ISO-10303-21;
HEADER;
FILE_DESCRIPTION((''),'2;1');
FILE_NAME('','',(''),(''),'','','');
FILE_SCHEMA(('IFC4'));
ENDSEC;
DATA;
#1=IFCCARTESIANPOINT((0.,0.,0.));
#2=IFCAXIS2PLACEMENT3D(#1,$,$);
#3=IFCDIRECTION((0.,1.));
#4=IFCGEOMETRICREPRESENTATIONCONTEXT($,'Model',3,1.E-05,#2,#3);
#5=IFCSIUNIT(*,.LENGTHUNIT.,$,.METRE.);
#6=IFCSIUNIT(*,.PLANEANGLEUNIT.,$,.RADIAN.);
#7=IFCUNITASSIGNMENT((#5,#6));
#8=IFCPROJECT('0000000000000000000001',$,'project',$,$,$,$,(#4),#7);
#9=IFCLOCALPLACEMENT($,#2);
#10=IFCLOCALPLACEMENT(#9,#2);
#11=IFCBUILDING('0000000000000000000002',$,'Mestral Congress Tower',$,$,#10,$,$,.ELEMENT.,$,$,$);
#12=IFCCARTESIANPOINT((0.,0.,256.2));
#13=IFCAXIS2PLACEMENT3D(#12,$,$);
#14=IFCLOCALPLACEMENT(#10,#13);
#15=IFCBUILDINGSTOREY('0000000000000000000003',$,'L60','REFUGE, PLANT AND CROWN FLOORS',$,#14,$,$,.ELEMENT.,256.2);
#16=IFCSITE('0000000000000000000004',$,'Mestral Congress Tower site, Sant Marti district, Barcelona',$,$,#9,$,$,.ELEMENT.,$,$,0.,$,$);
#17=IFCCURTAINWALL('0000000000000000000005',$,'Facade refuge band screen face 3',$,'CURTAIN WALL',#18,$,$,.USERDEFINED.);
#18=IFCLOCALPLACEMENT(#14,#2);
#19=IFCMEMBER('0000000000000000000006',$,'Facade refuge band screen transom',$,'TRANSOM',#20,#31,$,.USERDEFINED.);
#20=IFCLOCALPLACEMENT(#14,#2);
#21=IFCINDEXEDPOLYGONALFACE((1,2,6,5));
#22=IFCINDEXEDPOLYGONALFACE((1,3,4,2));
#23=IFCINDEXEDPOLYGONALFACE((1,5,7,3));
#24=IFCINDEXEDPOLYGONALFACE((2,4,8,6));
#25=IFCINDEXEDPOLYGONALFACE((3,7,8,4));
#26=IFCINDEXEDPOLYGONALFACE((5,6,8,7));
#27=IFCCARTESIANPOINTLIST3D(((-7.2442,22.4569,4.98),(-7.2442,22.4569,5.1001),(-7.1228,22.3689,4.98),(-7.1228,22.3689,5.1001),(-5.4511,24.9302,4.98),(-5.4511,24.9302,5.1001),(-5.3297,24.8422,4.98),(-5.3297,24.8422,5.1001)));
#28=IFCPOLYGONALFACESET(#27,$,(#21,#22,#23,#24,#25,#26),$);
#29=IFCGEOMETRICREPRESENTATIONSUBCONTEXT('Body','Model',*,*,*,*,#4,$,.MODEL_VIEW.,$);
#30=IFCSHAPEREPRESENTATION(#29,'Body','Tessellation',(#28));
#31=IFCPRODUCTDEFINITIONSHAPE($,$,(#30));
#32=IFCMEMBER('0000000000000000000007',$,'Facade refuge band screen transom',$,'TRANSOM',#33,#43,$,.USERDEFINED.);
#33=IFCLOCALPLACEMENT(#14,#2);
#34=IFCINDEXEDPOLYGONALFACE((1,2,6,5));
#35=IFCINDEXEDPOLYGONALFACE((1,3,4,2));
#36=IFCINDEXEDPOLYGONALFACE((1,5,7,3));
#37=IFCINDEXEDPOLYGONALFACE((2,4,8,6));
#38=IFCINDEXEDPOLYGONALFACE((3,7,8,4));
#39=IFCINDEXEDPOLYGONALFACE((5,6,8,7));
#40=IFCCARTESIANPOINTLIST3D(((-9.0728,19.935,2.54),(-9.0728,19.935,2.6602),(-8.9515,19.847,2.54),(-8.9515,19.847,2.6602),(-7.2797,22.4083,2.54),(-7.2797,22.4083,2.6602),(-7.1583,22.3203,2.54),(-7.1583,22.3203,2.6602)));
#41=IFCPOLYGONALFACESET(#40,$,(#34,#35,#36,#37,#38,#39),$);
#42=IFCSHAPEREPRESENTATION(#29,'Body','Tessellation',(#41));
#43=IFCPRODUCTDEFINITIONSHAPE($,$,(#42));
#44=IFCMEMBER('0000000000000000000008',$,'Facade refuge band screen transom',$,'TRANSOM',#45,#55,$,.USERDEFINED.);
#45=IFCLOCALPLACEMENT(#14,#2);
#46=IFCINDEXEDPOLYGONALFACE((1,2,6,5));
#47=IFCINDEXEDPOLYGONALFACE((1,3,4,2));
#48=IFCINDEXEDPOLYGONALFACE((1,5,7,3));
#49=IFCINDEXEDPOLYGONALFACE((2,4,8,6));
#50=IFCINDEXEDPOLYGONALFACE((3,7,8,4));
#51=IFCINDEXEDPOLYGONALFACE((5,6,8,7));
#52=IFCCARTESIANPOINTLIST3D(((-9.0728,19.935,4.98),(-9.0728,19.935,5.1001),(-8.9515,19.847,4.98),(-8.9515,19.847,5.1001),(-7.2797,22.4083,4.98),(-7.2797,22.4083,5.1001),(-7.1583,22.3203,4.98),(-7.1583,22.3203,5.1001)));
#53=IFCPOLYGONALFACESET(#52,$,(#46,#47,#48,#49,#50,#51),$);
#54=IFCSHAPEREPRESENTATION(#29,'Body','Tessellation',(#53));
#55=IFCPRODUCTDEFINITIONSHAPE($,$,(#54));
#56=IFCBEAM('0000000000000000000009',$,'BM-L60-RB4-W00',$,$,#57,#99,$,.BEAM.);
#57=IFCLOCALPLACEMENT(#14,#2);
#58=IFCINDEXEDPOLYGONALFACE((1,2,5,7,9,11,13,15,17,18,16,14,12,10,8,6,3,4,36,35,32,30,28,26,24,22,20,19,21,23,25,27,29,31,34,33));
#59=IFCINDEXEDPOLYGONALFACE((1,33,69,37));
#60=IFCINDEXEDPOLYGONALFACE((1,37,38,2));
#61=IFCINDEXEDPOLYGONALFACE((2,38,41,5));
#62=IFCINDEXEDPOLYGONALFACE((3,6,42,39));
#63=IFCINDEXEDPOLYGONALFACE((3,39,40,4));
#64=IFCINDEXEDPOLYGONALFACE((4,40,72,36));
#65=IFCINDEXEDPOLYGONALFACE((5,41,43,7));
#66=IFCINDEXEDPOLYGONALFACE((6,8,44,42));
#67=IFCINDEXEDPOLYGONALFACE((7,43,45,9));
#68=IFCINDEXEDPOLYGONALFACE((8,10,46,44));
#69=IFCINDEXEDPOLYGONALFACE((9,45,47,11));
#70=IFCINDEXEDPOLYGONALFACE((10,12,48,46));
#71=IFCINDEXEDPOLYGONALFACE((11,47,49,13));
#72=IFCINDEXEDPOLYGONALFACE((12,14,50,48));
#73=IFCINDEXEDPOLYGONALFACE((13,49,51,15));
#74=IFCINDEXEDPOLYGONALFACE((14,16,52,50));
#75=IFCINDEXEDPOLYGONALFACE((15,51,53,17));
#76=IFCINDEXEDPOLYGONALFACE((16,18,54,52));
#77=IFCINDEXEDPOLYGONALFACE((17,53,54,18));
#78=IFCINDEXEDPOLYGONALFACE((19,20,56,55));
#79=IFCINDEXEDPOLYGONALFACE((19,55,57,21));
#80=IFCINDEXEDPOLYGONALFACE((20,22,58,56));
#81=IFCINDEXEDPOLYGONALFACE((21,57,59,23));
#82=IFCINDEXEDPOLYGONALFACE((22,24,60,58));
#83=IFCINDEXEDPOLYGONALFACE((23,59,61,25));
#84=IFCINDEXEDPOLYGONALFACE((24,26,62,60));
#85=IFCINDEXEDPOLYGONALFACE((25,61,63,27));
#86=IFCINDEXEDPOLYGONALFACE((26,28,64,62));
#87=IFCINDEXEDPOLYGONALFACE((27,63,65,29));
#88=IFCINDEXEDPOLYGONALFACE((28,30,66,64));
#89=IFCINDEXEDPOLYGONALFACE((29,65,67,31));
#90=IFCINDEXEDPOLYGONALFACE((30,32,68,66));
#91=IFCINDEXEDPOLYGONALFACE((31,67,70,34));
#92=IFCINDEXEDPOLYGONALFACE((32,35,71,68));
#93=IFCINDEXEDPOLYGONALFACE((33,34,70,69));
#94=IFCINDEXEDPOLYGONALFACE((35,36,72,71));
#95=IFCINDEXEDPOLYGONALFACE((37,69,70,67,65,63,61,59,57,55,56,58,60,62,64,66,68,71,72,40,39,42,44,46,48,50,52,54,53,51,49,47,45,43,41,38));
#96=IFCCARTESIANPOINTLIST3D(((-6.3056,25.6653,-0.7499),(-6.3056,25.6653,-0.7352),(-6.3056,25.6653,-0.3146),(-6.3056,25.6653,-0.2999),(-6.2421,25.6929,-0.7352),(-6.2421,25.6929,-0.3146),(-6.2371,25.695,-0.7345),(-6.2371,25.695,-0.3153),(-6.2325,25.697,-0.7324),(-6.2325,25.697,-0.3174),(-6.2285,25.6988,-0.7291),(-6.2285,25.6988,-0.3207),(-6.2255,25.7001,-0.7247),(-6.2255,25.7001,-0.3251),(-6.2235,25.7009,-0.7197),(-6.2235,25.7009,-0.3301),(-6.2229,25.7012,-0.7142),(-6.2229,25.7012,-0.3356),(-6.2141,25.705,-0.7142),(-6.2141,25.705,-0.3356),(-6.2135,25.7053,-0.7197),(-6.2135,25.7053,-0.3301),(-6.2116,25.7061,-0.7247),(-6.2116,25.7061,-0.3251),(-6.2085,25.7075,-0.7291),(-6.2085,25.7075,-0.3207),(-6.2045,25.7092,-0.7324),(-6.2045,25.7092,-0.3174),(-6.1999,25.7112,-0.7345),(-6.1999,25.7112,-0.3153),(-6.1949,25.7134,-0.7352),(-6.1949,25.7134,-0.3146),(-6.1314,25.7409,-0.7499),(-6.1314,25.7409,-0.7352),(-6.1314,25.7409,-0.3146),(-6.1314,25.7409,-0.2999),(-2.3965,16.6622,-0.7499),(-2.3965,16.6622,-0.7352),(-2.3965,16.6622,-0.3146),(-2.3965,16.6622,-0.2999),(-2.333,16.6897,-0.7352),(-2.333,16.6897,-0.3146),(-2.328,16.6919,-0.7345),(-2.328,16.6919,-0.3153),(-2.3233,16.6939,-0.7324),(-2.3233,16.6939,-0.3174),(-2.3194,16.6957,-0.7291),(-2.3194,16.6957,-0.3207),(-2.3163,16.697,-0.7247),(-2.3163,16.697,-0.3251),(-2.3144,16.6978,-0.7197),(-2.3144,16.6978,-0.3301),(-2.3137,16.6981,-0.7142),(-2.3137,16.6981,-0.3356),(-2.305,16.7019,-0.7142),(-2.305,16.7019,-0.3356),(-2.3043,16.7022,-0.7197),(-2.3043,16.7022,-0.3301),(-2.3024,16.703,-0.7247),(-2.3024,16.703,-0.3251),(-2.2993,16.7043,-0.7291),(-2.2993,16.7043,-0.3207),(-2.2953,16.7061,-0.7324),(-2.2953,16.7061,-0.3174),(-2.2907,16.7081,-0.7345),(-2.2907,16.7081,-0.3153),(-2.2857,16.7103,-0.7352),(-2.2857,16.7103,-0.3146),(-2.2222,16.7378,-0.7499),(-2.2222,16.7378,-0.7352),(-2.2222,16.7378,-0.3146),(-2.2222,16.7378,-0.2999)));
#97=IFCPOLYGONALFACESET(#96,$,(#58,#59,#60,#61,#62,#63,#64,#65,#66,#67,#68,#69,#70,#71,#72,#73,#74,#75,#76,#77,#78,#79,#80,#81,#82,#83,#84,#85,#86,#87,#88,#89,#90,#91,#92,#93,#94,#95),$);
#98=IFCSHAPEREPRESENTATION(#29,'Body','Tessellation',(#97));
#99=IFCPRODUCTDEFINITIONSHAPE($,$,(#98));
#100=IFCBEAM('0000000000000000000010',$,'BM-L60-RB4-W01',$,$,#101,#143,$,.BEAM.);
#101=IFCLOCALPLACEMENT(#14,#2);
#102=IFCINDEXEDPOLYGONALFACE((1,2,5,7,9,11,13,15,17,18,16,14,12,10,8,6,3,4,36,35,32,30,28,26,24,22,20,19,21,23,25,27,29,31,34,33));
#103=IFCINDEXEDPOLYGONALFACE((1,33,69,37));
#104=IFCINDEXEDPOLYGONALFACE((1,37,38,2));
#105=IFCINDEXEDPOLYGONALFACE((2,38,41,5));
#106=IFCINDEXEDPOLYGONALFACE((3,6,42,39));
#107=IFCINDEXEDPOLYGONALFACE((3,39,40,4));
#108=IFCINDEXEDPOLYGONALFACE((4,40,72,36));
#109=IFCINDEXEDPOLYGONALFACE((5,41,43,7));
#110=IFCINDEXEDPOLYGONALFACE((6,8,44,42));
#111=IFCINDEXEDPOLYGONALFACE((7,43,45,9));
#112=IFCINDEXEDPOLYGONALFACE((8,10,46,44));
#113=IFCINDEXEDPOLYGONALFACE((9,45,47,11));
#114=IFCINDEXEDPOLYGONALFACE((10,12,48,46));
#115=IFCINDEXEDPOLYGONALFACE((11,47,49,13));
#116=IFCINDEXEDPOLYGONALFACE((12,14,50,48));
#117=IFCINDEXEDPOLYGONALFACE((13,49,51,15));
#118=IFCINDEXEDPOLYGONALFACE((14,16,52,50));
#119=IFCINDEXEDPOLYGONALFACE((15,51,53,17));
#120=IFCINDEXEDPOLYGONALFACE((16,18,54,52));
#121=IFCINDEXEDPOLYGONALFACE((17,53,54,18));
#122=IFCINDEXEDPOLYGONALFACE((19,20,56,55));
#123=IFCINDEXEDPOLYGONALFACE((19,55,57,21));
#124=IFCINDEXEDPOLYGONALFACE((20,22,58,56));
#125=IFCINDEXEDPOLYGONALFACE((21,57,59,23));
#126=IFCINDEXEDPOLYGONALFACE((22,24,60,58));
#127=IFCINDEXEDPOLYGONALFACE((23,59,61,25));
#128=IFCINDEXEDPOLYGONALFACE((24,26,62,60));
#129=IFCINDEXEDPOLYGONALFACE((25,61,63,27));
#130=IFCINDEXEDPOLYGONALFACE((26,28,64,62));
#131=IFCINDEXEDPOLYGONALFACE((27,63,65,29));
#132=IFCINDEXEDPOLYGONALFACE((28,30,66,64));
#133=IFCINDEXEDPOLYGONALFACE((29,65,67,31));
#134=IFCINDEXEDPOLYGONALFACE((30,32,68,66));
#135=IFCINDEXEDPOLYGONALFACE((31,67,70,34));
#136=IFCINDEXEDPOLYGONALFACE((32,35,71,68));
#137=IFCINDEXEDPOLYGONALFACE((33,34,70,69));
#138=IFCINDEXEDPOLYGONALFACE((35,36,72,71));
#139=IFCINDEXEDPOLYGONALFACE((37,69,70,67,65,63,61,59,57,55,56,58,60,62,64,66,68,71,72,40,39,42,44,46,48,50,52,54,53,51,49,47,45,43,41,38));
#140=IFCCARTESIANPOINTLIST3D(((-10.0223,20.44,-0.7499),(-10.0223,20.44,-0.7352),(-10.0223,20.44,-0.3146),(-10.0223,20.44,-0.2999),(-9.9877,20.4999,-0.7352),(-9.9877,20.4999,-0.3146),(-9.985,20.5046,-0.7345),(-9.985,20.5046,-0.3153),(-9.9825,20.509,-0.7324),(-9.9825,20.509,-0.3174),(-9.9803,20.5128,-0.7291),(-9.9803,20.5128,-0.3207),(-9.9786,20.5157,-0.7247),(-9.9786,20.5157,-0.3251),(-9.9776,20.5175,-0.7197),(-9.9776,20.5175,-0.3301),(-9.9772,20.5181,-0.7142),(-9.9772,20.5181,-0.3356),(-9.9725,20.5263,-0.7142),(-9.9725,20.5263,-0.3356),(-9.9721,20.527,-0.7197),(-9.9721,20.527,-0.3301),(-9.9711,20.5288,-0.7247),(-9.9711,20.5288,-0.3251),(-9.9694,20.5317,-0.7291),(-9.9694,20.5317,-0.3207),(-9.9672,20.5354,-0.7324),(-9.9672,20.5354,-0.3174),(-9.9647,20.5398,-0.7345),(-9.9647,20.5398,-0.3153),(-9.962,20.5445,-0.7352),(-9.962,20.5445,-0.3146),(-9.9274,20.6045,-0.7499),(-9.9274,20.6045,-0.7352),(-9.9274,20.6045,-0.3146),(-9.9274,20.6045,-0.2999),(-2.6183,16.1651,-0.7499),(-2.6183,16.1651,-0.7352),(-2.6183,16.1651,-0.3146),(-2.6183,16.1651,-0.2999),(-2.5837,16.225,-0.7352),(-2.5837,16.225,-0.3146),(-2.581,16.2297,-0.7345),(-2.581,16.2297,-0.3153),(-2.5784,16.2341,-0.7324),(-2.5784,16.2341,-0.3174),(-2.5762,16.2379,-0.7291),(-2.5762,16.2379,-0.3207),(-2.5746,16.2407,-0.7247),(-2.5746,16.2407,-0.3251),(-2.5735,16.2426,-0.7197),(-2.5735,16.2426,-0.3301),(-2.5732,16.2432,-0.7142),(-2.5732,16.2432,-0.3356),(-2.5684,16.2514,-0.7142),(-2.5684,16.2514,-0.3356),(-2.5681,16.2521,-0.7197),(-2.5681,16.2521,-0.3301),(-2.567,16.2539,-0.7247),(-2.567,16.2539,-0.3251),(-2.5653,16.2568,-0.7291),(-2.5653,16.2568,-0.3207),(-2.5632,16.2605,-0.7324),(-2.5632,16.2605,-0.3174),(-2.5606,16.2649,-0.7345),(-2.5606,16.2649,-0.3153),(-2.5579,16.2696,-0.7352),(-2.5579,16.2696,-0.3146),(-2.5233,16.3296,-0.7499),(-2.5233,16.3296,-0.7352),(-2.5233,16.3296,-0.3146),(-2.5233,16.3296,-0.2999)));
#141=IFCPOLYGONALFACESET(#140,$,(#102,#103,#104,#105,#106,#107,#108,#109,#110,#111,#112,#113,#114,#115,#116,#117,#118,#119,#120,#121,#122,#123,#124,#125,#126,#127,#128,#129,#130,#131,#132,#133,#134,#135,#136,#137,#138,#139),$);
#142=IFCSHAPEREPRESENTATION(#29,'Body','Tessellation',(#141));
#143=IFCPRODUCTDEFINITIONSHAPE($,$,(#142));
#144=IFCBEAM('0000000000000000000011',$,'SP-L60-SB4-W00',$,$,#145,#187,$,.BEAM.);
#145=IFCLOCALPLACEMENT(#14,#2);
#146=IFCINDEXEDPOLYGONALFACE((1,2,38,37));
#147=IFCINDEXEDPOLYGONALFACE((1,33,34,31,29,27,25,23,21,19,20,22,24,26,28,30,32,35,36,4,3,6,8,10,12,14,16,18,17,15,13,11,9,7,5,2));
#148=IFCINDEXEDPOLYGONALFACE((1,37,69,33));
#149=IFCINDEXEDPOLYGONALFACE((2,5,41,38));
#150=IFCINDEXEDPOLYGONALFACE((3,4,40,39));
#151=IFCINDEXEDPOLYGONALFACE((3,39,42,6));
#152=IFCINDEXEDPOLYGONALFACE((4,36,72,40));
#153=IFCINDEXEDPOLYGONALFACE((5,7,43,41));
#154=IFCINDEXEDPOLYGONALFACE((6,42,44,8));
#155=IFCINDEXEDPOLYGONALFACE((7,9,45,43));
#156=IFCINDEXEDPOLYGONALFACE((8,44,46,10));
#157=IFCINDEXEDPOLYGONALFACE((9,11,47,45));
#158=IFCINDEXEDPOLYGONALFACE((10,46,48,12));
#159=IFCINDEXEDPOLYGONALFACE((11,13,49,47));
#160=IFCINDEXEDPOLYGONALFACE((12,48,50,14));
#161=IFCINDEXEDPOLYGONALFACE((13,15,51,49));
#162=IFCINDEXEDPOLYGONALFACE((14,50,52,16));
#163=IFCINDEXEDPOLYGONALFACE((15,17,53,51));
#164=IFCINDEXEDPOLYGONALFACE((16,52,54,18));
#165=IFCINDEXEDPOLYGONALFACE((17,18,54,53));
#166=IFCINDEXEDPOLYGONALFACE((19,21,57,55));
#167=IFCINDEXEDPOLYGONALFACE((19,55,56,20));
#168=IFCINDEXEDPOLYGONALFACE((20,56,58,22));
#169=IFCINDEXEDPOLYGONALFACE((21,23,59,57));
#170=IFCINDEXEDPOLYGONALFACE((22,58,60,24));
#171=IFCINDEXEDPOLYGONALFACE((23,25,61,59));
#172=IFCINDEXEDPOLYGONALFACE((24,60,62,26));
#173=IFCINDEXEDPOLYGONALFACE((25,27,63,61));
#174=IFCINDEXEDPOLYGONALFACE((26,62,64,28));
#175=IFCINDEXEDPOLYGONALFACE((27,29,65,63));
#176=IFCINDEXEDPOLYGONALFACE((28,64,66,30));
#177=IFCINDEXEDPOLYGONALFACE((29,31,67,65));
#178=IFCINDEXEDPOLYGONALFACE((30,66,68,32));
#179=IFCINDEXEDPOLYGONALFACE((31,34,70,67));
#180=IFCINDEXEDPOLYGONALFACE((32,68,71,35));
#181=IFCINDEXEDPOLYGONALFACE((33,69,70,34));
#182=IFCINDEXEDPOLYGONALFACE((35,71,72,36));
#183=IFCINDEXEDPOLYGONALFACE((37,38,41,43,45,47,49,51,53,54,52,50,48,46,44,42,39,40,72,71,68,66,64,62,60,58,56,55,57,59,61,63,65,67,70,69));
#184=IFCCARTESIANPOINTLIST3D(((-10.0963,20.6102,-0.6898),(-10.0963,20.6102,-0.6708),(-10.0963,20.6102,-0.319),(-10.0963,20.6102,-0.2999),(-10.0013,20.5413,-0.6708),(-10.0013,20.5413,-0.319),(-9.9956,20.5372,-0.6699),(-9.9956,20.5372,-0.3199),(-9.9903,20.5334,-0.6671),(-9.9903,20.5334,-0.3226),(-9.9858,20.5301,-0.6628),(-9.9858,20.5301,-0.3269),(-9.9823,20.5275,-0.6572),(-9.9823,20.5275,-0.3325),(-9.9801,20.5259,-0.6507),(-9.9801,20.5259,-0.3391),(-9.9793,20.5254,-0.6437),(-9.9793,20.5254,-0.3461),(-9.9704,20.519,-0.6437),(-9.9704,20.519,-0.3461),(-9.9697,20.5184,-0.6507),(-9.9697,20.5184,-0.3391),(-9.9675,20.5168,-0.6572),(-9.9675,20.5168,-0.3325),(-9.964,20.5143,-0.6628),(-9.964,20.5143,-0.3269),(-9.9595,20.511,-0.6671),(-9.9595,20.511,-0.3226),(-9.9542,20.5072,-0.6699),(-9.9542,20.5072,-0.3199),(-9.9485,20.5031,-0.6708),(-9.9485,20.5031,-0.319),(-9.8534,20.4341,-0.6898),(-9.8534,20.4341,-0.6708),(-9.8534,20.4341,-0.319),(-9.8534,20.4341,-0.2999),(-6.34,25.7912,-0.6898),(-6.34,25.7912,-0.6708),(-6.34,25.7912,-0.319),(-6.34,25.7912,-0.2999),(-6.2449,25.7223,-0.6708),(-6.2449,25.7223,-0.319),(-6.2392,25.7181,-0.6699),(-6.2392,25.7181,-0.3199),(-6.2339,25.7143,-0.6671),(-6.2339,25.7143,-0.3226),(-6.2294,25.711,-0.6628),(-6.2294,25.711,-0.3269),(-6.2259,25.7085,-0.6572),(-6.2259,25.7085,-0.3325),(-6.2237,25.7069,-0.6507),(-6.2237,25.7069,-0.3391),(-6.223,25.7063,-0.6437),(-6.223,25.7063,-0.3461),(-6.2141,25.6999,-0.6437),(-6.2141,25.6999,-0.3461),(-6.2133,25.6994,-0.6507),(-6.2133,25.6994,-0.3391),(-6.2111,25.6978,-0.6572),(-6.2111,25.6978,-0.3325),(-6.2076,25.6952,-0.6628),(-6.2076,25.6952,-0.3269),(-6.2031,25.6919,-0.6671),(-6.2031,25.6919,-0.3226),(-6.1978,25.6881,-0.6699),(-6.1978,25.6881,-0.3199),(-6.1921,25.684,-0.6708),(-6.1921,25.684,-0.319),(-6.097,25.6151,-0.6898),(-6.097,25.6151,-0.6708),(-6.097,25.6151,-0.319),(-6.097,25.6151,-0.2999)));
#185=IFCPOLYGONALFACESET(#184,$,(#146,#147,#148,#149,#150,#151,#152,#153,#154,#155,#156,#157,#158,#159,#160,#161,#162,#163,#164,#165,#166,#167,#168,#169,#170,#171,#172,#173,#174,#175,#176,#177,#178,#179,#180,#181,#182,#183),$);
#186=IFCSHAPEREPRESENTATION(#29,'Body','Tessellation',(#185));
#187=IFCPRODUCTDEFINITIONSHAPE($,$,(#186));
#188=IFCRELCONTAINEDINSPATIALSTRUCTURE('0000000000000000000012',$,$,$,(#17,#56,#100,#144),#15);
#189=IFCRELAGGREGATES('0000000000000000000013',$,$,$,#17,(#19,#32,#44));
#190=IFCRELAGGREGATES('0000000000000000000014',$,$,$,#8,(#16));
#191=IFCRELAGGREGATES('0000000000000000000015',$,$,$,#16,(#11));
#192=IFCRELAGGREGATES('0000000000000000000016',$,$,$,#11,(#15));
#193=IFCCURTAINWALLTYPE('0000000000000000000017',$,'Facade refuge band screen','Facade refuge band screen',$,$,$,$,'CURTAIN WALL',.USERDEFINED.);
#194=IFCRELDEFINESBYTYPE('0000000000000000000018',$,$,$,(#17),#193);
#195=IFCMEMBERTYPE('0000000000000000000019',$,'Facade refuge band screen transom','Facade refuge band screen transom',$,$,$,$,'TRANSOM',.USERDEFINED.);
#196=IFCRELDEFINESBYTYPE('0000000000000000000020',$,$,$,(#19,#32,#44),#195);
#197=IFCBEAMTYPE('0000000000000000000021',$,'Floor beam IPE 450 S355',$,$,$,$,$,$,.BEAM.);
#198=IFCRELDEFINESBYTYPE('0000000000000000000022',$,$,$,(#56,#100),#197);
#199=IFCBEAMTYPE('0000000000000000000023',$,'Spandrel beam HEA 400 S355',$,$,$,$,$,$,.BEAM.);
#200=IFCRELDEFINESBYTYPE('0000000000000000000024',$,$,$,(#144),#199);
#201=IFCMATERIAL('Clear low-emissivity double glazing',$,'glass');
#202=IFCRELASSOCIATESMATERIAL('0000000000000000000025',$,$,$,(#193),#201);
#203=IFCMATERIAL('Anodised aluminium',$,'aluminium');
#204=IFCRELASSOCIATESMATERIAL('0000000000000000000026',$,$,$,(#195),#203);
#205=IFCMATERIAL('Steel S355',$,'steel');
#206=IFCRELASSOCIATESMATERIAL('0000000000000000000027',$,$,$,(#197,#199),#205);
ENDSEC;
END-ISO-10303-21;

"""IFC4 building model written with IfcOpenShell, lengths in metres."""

from ifc_helpers import new_model, si_unit, direction, frame, origin, origin_2d, place, context, subcontext, project, spatial, rectangle, i_section, extrude, material, material_profile, profile_set, type_object, element, aggregate, save


model = new_model("IFC4")

# Units and contexts
model_context = context("Model", 3, precision=1e-05, world=origin(), true_north=direction((0.0, 1.0)))
body_context = subcontext(model_context, "Body", "Model", "MODEL_VIEW")
ifc_project = project(units=[si_unit("LENGTHUNIT", "METRE"), si_unit("PLANEANGLEUNIT", "RADIAN")], contexts=[model_context])

# Site, building, storey
site_placement = place(None, origin())
site = spatial("IfcSite", under=ifc_project, at=site_placement, Name="Mestral Congress Tower site, Sant Marti district, Barcelona", CompositionType="ELEMENT", RefElevation=0.0)
building_placement = place(site_placement, origin())
building = spatial("IfcBuilding", under=site, at=building_placement, Name="Mestral Congress Tower", CompositionType="ELEMENT")
storey_placement = place(building_placement, frame((0.0, 0.0, 256.2)))
storey = spatial("IfcBuildingStorey", under=building, at=storey_placement, Name="L60", Description="REFUGE, PLANT AND CROWN FLOORS", CompositionType="ELEMENT", Elevation=256.2)

# Shared definitions
ifc_material_1 = material(Name="Steel S355", Category="steel")

# Curtain wall
ifc_material_2 = material(Name="Clear low-emissivity double glazing", Category="glass")
curtain_wall_type = type_object("IfcCurtainWallType", Name="Facade refuge band screen", Description="Facade refuge band screen", ElementType="CURTAIN WALL", PredefinedType="USERDEFINED", material=ifc_material_2)
placement = place(storey_placement, origin())
curtain_wall_1 = element("IfcCurtainWall", 1, at=placement, inside=storey, type_object=curtain_wall_type, Name="Facade refuge band screen face 3", ObjectType="CURTAIN WALL", PredefinedType="USERDEFINED")
ifc_material_3 = material(Name="Anodised aluminium", Category="aluminium")

# Members
ifc_material_profile_1 = material_profile(ifc_material_3, rectangle(XDim=0.1499, YDim=0.1201, at=origin_2d()), Name="CW3 transom 150 x 120")
ifc_profile_set_1 = profile_set([ifc_material_profile_1], Name="Anodised aluminium")
member_type_1 = type_object("IfcMemberType", Name="Facade refuge band screen transom", Description="Facade refuge band screen transom", ElementType="TRANSOM", PredefinedType="USERDEFINED", material=ifc_profile_set_1)
member_1_placement = place(storey_placement, frame((-5.3904, 24.8862, 5.04), z_axis=(-0.586969, -0.809609, 0.0), x_axis=(0.809609, -0.586969, 0.0)))
member_1 = element("IfcMember", 2, at=member_1_placement, type_object=member_type_1, Name="Facade refuge band screen transom", ObjectType="TRANSOM", PredefinedType="USERDEFINED", context=body_context, shape_type="SweptSolid", body=[
    extrude(rectangle(XDim=0.1499, YDim=0.1201, at=origin_2d()), origin(), (0.0, 0.0, 1.0), 3.0549),
])
member_2_placement = place(storey_placement, frame((-7.219, 22.3643, 2.6001), z_axis=(-0.586969, -0.809609, 0.0), x_axis=(0.809609, -0.586969, 0.0)))
member_2 = element("IfcMember", 3, at=member_2_placement, type_object=member_type_1, Name="Facade refuge band screen transom", ObjectType="TRANSOM", PredefinedType="USERDEFINED", context=body_context, shape_type="SweptSolid", body=[
    extrude(rectangle(XDim=0.1499, YDim=0.1201, at=origin_2d()), origin(), (0.0, 0.0, 1.0), 3.0549),
])
member_3_placement = place(storey_placement, frame((-7.219, 22.3643, 5.04), z_axis=(-0.586969, -0.809609, 0.0), x_axis=(0.809609, -0.586969, 0.0)))
member_3 = element("IfcMember", 4, at=member_3_placement, type_object=member_type_1, Name="Facade refuge band screen transom", ObjectType="TRANSOM", PredefinedType="USERDEFINED", context=body_context, shape_type="SweptSolid", body=[
    extrude(rectangle(XDim=0.1499, YDim=0.1201, at=origin_2d()), origin(), (0.0, 0.0, 1.0), 3.0549),
])

# Beams
ifc_material_profile_2 = material_profile(ifc_material_1, i_section(OverallWidth=0.1899, OverallDepth=0.45, WebThickness=0.0095, FlangeThickness=0.0146, FilletRadius=0.021, at=origin_2d()), Name="IPE 450")
ifc_profile_set_2 = profile_set([ifc_material_profile_2], Name="Steel S355")
beam_type_1 = type_object("IfcBeamType", Name="Floor beam IPE 450 S355", PredefinedType="BEAM", material=ifc_profile_set_2)
beam_1_placement = place(storey_placement, frame((-6.2185, 25.7031, -0.5249), z_axis=(0.398277, -0.917265, 0.0), x_axis=(0.917265, 0.398277, 0.0)))
element("IfcBeam", 5, at=beam_1_placement, inside=storey, type_object=beam_type_1, Name="BM-L60-RB4-W00", PredefinedType="BEAM", context=body_context, shape_type="SweptSolid", body=[
    extrude(i_section(OverallWidth=0.1899, OverallDepth=0.45, WebThickness=0.0095, FlangeThickness=0.0146, FilletRadius=0.021, at=origin_2d()), origin(), (0.0, 0.0, 1.0), 9.8152),
])
beam_2_placement = place(storey_placement, frame((-9.9749, 20.5222, -0.5249), z_axis=(0.866017, -0.500015, 0.0), x_axis=(0.500015, 0.866017, 0.0)))
element("IfcBeam", 6, at=beam_2_placement, inside=storey, type_object=beam_type_1, Name="BM-L60-RB4-W01", PredefinedType="BEAM", context=body_context, shape_type="SweptSolid", body=[
    extrude(i_section(OverallWidth=0.1899, OverallDepth=0.45, WebThickness=0.0095, FlangeThickness=0.0146, FilletRadius=0.021, at=origin_2d()), origin(), (0.0, 0.0, 1.0), 8.5496),
])
ifc_material_profile_3 = material_profile(ifc_material_1, i_section(OverallWidth=0.3, OverallDepth=0.3899, WebThickness=0.011, FlangeThickness=0.019, FilletRadius=0.0271, at=origin_2d()), Name="HEA 400")
ifc_profile_set_3 = profile_set([ifc_material_profile_3], Name="Steel S355")
beam_type_2 = type_object("IfcBeamType", Name="Spandrel beam HEA 400 S355", PredefinedType="BEAM", material=ifc_profile_set_3)
for number, where, z_axis, x_axis, name in (
    (7, (-6.2185, 25.7031, -0.4949), (-0.586987, -0.809596, 0.0), (0.809596, -0.586987, 0.0), "SP-L60-SB4-W00"),
):
    element("IfcBeam", number, at=place(storey_placement, frame(where, z_axis=z_axis, x_axis=x_axis)), inside=storey, type_object=beam_type_2, Name=name, PredefinedType="BEAM", context=body_context, shape_type="SweptSolid", body=[
        extrude(i_section(OverallWidth=0.3, OverallDepth=0.3899, WebThickness=0.011, FlangeThickness=0.019, FilletRadius=0.0271, at=origin_2d()), origin(), (0.0, 0.0, 1.0), 6.3994),
    ])

aggregate(curtain_wall_1, [member_1, member_2, member_3])

save(model, "model.ifc")
